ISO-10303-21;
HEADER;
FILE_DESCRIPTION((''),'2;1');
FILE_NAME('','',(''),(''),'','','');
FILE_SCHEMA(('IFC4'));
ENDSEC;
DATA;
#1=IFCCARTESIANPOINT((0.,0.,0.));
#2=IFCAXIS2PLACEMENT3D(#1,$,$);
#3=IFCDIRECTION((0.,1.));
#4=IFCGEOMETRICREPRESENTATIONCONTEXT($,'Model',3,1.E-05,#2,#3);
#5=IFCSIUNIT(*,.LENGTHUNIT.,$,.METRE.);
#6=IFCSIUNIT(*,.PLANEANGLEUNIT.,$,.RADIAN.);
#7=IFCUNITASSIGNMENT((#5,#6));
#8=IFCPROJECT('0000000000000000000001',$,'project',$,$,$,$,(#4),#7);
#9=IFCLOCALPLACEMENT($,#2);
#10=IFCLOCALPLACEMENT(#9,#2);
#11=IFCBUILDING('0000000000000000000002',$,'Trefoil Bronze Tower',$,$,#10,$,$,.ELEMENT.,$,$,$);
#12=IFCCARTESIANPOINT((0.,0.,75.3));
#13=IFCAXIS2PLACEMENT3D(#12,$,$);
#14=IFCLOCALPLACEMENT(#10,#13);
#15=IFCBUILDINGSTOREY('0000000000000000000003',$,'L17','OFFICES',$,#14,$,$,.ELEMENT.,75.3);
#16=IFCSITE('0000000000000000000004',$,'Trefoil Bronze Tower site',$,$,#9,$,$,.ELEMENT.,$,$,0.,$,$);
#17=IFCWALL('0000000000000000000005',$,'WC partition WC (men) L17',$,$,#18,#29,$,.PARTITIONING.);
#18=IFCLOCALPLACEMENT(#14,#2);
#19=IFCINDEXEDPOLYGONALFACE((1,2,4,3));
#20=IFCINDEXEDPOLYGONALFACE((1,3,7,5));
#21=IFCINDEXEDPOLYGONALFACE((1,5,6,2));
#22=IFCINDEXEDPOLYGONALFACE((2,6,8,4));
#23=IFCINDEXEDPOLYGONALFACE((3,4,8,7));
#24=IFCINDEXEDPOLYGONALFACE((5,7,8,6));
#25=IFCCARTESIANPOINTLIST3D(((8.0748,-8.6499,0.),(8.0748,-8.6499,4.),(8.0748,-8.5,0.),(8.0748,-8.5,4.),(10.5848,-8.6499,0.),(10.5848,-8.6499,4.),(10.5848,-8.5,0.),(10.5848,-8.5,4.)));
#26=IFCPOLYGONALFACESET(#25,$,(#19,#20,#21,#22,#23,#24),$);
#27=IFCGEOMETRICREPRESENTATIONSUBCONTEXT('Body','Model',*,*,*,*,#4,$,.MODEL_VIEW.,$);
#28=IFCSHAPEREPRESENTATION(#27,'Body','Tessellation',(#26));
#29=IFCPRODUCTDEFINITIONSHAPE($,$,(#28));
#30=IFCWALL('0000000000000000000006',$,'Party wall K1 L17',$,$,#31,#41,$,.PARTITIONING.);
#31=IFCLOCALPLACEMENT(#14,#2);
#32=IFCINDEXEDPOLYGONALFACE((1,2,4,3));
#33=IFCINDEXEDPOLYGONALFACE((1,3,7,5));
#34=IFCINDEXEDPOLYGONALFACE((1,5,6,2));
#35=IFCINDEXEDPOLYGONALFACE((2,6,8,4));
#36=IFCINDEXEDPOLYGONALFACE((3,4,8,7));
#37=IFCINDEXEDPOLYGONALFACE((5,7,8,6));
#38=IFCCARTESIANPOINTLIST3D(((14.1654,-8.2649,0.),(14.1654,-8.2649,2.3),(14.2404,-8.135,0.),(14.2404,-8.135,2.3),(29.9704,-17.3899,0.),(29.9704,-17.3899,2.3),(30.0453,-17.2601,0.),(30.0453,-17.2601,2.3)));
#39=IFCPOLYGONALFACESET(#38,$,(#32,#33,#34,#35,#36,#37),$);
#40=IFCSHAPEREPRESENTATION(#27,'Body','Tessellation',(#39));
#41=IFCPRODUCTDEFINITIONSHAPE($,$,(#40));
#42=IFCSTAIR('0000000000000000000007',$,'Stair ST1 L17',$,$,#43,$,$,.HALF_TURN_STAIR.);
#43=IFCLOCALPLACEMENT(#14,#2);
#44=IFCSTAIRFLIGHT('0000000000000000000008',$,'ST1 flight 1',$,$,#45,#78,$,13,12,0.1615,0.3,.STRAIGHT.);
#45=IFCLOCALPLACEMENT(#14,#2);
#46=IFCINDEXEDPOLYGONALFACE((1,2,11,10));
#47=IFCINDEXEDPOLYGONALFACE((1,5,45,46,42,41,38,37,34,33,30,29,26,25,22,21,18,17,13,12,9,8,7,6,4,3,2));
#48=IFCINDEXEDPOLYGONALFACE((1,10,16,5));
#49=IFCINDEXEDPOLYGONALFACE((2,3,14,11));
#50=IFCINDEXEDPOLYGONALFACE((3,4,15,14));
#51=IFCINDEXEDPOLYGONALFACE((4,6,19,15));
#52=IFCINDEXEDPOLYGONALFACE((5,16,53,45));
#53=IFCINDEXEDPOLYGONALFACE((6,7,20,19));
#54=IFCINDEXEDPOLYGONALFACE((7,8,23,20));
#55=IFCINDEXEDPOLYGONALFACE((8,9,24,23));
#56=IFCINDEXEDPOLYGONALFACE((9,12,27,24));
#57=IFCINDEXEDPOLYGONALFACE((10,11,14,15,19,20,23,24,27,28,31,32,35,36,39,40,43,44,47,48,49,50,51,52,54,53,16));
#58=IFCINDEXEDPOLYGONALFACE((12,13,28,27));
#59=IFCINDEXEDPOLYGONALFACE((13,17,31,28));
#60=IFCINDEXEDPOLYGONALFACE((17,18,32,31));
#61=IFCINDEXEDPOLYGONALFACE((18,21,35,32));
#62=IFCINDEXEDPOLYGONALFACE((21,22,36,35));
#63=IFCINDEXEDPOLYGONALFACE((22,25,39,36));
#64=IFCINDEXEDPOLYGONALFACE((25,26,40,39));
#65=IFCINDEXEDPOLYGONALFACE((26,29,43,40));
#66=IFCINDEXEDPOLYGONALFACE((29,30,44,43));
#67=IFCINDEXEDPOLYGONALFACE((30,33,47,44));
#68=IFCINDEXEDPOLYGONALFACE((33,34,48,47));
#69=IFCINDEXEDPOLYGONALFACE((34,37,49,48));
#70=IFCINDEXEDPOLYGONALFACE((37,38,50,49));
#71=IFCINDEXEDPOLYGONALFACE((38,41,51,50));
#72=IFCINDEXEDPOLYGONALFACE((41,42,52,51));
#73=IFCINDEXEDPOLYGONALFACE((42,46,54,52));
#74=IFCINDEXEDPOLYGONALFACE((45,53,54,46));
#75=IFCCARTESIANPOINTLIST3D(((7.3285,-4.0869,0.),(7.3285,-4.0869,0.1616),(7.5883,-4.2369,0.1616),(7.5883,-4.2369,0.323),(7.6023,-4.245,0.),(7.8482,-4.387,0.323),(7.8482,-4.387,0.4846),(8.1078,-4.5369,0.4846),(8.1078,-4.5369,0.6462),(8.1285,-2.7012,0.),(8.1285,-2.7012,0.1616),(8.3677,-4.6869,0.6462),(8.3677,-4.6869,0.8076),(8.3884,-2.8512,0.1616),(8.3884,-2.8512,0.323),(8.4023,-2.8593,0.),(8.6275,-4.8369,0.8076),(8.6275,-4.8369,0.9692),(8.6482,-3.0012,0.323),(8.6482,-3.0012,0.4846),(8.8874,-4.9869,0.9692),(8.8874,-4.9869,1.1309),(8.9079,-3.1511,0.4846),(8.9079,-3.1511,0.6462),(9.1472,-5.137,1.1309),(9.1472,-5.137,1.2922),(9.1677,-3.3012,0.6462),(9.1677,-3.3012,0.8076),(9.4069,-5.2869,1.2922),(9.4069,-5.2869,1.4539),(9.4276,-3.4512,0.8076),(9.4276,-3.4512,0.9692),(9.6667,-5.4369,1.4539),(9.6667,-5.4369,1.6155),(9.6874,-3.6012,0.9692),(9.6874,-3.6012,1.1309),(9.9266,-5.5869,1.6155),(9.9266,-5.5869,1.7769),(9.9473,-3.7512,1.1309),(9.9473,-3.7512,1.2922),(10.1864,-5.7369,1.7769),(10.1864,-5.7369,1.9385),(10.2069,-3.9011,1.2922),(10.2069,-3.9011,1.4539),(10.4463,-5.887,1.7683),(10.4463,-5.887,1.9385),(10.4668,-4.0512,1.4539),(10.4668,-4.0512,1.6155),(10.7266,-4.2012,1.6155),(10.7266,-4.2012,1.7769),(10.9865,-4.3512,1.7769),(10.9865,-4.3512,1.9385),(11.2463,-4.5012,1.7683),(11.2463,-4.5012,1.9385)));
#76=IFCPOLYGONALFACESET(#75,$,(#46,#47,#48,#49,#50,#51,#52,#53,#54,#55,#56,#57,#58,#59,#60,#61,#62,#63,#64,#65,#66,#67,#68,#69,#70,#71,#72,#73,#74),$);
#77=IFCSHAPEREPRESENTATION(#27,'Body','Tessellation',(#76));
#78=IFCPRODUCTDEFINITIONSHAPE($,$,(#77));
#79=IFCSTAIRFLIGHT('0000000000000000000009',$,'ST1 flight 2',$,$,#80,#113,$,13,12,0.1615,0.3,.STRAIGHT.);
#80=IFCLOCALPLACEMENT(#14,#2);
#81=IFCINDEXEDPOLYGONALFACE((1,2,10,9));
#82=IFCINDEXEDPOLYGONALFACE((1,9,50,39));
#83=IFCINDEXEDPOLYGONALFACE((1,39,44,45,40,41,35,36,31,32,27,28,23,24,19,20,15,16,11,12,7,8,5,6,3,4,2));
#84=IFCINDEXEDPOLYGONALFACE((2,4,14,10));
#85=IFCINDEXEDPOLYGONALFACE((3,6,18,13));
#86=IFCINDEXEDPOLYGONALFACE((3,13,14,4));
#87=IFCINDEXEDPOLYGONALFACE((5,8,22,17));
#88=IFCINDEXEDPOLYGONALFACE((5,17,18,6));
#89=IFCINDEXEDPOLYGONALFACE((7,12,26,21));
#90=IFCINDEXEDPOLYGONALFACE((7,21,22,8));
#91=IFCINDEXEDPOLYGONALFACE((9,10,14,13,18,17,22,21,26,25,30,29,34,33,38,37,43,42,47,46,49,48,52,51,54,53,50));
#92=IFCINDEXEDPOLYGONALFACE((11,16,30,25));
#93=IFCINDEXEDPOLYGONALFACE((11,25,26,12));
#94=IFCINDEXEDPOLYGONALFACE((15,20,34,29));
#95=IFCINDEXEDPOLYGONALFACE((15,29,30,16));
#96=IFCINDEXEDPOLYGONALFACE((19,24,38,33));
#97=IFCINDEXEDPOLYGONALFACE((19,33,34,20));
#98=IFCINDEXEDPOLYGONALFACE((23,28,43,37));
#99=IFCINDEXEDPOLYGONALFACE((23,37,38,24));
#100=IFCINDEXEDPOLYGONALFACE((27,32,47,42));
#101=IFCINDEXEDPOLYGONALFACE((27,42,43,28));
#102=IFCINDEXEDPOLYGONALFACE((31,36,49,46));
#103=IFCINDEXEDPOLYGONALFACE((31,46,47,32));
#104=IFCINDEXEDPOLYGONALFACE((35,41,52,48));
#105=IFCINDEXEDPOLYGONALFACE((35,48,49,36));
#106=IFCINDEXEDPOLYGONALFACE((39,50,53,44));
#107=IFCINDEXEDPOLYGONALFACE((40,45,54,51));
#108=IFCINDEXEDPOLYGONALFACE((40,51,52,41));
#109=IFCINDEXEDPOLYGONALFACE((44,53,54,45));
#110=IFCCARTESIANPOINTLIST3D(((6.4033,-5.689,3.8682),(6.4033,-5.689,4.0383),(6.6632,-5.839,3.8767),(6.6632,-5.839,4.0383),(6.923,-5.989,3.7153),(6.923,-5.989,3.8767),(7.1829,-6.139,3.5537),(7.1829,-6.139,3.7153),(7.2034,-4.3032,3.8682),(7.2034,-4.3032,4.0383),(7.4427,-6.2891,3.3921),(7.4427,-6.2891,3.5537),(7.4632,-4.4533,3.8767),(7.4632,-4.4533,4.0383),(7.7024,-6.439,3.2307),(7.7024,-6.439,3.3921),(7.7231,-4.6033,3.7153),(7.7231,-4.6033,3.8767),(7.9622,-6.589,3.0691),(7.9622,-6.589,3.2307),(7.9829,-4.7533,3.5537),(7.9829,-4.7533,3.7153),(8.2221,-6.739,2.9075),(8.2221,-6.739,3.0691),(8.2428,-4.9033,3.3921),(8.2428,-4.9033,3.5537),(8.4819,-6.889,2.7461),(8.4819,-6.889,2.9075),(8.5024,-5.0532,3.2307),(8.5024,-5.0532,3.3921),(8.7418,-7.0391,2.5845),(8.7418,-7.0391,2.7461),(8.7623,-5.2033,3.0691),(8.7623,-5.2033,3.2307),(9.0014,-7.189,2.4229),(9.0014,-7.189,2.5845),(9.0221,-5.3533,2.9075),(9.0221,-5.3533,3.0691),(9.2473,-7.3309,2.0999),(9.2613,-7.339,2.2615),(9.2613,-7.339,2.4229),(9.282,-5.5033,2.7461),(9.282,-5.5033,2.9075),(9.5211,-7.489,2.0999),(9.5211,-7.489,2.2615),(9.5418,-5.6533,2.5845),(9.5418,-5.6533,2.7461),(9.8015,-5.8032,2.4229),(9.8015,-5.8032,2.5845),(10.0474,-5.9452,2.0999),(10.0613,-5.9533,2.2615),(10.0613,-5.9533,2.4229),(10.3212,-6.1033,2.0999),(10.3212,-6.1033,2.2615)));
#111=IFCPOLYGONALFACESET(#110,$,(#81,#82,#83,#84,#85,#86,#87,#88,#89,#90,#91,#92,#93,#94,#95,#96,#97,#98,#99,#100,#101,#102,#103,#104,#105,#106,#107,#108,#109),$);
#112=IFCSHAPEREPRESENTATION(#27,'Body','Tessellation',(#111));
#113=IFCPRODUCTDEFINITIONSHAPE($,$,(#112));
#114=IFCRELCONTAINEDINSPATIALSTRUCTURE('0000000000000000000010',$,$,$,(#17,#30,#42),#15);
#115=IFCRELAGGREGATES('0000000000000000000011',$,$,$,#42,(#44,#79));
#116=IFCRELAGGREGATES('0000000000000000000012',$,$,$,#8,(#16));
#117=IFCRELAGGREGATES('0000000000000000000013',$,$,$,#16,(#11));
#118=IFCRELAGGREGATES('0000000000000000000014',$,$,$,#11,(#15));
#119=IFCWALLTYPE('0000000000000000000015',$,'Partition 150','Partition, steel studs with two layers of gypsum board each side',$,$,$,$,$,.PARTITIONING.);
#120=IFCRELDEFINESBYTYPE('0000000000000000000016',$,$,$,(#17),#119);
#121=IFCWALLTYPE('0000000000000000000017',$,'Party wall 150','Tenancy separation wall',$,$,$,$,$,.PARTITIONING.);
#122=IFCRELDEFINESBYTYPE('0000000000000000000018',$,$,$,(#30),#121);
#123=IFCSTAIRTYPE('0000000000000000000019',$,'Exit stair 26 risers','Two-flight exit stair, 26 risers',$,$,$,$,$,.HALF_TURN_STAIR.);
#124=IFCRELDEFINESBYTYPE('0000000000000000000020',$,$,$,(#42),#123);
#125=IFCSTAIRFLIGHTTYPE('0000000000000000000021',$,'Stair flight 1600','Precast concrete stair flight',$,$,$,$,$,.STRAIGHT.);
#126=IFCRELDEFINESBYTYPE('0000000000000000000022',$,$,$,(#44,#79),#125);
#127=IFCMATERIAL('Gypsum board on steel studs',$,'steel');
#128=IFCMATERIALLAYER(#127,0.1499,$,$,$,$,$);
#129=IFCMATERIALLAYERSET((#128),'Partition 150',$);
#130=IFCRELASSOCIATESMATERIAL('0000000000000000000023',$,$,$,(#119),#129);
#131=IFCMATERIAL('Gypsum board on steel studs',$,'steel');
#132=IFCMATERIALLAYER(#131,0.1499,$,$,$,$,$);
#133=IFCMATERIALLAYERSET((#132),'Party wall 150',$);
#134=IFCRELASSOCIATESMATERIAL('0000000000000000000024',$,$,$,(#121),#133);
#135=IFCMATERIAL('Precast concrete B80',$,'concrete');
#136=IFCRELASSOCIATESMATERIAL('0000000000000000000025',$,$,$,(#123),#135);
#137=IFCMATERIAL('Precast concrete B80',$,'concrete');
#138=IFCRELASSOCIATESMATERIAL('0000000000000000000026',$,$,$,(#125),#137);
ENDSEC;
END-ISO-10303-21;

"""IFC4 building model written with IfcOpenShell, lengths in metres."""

from ifc_helpers import new_model, si_unit, direction, frame, frame_2d, origin, place, context, subcontext, project, spatial, polyline, rectangle, outline, extrude, material, layer, layer_set, type_object, element, aggregate, save


model = new_model("IFC4")

# Units and contexts
model_context = context("Model", 3, precision=1e-05, world=origin(), true_north=direction((0.0, 1.0)))
body_context = subcontext(model_context, "Body", "Model", "MODEL_VIEW")
ifc_project = project(units=[si_unit("LENGTHUNIT", "METRE"), si_unit("PLANEANGLEUNIT", "RADIAN")], contexts=[model_context])

# Site, building, storey
site_placement = place(None, origin())
site = spatial("IfcSite", under=ifc_project, at=site_placement, Name="Trefoil Bronze Tower site", CompositionType="ELEMENT", RefElevation=0.0)
building_placement = place(site_placement, origin())
building = spatial("IfcBuilding", under=site, at=building_placement, Name="Trefoil Bronze Tower", CompositionType="ELEMENT")
storey_placement = place(building_placement, frame((0.0, 0.0, 75.3)))
storey = spatial("IfcBuildingStorey", under=building, at=storey_placement, Name="L17", Description="OFFICES", CompositionType="ELEMENT", Elevation=75.3)

# Shared definitions
ifc_material_1 = material(Name="Gypsum board on steel studs", Category="steel")
ifc_layer_1 = layer(ifc_material_1, 0.1499)
ifc_layer_set_1 = layer_set([ifc_layer_1], Name="Partition 150")
wall_type_1 = type_object("IfcWallType", Name="Partition 150", Description="Partition, steel studs with two layers of gypsum board each side", PredefinedType="PARTITIONING", material=ifc_layer_set_1)

# Walls
wall_1_placement = place(storey_placement, frame((8.075, -8.575, 0.0), z_axis=(0.0, 0.0, 1.0), x_axis=(1.0, 0.0, 0.0)))
element("IfcWall", 1, at=wall_1_placement, inside=storey, type_object=wall_type_1, Name="WC partition WC (men) L17", PredefinedType="PARTITIONING", context=body_context, shape_type="SweptSolid", body=[
    extrude(rectangle(XDim=2.51, YDim=0.1499, at=frame_2d((1.2549, 0.0))), origin(), (0.0, 0.0, 1.0), 4.0),
])
ifc_material_2 = material(Name="Gypsum board on steel studs", Category="steel")
ifc_layer_2 = layer(ifc_material_2, 0.1499)
ifc_layer_set_2 = layer_set([ifc_layer_2], Name="Party wall 150")
wall_type_2 = type_object("IfcWallType", Name="Party wall 150", Description="Tenancy separation wall", PredefinedType="PARTITIONING", material=ifc_layer_set_2)
wall_2_placement = place(storey_placement, frame((14.2029, -8.2, 0.0), z_axis=(0.0, 0.0, 1.0), x_axis=(0.866025, -0.500001, 0.0)))
element("IfcWall", 2, at=wall_2_placement, inside=storey, type_object=wall_type_2, Name="Party wall K1 L17", PredefinedType="PARTITIONING", context=body_context, shape_type="SweptSolid", body=[
    extrude(rectangle(XDim=18.25, YDim=0.1499, at=frame_2d((9.125, 0.0))), origin(), (0.0, 0.0, 1.0), 2.3),
])

# Stair, stair flights
ifc_material_3 = material(Name="Precast concrete B80", Category="concrete")
stair_type = type_object("IfcStairType", Name="Exit stair 26 risers", Description="Two-flight exit stair, 26 risers", PredefinedType="HALF_TURN_STAIR", material=ifc_material_3)
stair_placement = place(storey_placement, origin())
stair = element("IfcStair", 3, at=stair_placement, inside=storey, type_object=stair_type, Name="Stair ST1 L17", PredefinedType="HALF_TURN_STAIR")
ifc_material_4 = material(Name="Precast concrete B80", Category="concrete")
stair_flight_type = type_object("IfcStairFlightType", Name="Stair flight 1600", Description="Precast concrete stair flight", PredefinedType="STRAIGHT", material=ifc_material_4)
stair_flight_1_placement = place(storey_placement, frame((7.7285, -3.394, 0.0), z_axis=(0.0, 0.0, 1.0), x_axis=(0.866025, -0.5, 0.0)))
stair_flight_1 = element("IfcStairFlight", 4, at=stair_flight_1_placement, type_object=stair_flight_type, Name="ST1 flight 1", NumberOfRisers=13, NumberOfTreads=12, PredefinedType="STRAIGHT", RiserHeight=0.1615, TreadLength=0.3, context=body_context, shape_type="SweptSolid", body=[
    extrude(outline(polyline([(0.0, 0.0), (0.0, 0.1616), (0.3, 0.1616), (0.3, 0.323), (0.6001, 0.323), (0.6001, 0.4846), (0.8999, 0.4846), (0.8999, 0.6462), (1.2, 0.6462), (1.2, 0.8076), (1.5, 0.8076), (1.5, 0.9692), (1.8, 0.9692), (1.8, 1.1309), (2.1001, 1.1309), (2.1001, 1.2922), (2.3999, 1.2922), (2.3999, 1.4539), (2.7, 1.4539), (2.7, 1.6155), (3.0, 1.6155), (3.0, 1.7769), (3.3, 1.7769), (3.3, 1.9385), (3.6001, 1.9385), (3.6001, 2.1001), (3.6001, 1.7683), (0.3162, 0.0), (0.0, 0.0)])), frame((0.0, 0.8, 0.0), z_axis=(0.0, -1.0, 0.0), x_axis=(1.0, 0.0, 0.0)), (0.0, 0.0, 1.0), 1.6001),
])
stair_flight_2_placement = place(storey_placement, frame((9.9211, -6.7961, 2.0999), z_axis=(0.0, 0.0, 1.0), x_axis=(-0.866025, 0.5, 0.0)))
stair_flight_2 = element("IfcStairFlight", 5, at=stair_flight_2_placement, type_object=stair_flight_type, Name="ST1 flight 2", NumberOfRisers=13, NumberOfTreads=12, PredefinedType="STRAIGHT", RiserHeight=0.1615, TreadLength=0.3, context=body_context, shape_type="SweptSolid", body=[
    extrude(outline(polyline([(0.0, 0.0), (0.0, 0.1616), (0.3, 0.1616), (0.3, 0.323), (0.6001, 0.323), (0.6001, 0.4846), (0.8999, 0.4846), (0.8999, 0.6462), (1.2, 0.6462), (1.2, 0.8076), (1.5, 0.8076), (1.5, 0.9692), (1.8, 0.9692), (1.8, 1.1309), (2.1001, 1.1309), (2.1001, 1.2922), (2.3999, 1.2922), (2.3999, 1.4539), (2.7, 1.4539), (2.7, 1.6155), (3.0, 1.6155), (3.0, 1.7769), (3.3, 1.7769), (3.3, 1.9385), (3.6001, 1.9385), (3.6001, 2.1001), (3.6001, 1.7683), (0.3162, 0.0), (0.0, 0.0)])), frame((0.0, 0.8, 0.0), z_axis=(0.0, -1.0, 0.0), x_axis=(1.0, 0.0, 0.0)), (0.0, 0.0, 1.0), 1.6001),
])
aggregate(stair, [stair_flight_1, stair_flight_2])

save(model, "model.ifc")
